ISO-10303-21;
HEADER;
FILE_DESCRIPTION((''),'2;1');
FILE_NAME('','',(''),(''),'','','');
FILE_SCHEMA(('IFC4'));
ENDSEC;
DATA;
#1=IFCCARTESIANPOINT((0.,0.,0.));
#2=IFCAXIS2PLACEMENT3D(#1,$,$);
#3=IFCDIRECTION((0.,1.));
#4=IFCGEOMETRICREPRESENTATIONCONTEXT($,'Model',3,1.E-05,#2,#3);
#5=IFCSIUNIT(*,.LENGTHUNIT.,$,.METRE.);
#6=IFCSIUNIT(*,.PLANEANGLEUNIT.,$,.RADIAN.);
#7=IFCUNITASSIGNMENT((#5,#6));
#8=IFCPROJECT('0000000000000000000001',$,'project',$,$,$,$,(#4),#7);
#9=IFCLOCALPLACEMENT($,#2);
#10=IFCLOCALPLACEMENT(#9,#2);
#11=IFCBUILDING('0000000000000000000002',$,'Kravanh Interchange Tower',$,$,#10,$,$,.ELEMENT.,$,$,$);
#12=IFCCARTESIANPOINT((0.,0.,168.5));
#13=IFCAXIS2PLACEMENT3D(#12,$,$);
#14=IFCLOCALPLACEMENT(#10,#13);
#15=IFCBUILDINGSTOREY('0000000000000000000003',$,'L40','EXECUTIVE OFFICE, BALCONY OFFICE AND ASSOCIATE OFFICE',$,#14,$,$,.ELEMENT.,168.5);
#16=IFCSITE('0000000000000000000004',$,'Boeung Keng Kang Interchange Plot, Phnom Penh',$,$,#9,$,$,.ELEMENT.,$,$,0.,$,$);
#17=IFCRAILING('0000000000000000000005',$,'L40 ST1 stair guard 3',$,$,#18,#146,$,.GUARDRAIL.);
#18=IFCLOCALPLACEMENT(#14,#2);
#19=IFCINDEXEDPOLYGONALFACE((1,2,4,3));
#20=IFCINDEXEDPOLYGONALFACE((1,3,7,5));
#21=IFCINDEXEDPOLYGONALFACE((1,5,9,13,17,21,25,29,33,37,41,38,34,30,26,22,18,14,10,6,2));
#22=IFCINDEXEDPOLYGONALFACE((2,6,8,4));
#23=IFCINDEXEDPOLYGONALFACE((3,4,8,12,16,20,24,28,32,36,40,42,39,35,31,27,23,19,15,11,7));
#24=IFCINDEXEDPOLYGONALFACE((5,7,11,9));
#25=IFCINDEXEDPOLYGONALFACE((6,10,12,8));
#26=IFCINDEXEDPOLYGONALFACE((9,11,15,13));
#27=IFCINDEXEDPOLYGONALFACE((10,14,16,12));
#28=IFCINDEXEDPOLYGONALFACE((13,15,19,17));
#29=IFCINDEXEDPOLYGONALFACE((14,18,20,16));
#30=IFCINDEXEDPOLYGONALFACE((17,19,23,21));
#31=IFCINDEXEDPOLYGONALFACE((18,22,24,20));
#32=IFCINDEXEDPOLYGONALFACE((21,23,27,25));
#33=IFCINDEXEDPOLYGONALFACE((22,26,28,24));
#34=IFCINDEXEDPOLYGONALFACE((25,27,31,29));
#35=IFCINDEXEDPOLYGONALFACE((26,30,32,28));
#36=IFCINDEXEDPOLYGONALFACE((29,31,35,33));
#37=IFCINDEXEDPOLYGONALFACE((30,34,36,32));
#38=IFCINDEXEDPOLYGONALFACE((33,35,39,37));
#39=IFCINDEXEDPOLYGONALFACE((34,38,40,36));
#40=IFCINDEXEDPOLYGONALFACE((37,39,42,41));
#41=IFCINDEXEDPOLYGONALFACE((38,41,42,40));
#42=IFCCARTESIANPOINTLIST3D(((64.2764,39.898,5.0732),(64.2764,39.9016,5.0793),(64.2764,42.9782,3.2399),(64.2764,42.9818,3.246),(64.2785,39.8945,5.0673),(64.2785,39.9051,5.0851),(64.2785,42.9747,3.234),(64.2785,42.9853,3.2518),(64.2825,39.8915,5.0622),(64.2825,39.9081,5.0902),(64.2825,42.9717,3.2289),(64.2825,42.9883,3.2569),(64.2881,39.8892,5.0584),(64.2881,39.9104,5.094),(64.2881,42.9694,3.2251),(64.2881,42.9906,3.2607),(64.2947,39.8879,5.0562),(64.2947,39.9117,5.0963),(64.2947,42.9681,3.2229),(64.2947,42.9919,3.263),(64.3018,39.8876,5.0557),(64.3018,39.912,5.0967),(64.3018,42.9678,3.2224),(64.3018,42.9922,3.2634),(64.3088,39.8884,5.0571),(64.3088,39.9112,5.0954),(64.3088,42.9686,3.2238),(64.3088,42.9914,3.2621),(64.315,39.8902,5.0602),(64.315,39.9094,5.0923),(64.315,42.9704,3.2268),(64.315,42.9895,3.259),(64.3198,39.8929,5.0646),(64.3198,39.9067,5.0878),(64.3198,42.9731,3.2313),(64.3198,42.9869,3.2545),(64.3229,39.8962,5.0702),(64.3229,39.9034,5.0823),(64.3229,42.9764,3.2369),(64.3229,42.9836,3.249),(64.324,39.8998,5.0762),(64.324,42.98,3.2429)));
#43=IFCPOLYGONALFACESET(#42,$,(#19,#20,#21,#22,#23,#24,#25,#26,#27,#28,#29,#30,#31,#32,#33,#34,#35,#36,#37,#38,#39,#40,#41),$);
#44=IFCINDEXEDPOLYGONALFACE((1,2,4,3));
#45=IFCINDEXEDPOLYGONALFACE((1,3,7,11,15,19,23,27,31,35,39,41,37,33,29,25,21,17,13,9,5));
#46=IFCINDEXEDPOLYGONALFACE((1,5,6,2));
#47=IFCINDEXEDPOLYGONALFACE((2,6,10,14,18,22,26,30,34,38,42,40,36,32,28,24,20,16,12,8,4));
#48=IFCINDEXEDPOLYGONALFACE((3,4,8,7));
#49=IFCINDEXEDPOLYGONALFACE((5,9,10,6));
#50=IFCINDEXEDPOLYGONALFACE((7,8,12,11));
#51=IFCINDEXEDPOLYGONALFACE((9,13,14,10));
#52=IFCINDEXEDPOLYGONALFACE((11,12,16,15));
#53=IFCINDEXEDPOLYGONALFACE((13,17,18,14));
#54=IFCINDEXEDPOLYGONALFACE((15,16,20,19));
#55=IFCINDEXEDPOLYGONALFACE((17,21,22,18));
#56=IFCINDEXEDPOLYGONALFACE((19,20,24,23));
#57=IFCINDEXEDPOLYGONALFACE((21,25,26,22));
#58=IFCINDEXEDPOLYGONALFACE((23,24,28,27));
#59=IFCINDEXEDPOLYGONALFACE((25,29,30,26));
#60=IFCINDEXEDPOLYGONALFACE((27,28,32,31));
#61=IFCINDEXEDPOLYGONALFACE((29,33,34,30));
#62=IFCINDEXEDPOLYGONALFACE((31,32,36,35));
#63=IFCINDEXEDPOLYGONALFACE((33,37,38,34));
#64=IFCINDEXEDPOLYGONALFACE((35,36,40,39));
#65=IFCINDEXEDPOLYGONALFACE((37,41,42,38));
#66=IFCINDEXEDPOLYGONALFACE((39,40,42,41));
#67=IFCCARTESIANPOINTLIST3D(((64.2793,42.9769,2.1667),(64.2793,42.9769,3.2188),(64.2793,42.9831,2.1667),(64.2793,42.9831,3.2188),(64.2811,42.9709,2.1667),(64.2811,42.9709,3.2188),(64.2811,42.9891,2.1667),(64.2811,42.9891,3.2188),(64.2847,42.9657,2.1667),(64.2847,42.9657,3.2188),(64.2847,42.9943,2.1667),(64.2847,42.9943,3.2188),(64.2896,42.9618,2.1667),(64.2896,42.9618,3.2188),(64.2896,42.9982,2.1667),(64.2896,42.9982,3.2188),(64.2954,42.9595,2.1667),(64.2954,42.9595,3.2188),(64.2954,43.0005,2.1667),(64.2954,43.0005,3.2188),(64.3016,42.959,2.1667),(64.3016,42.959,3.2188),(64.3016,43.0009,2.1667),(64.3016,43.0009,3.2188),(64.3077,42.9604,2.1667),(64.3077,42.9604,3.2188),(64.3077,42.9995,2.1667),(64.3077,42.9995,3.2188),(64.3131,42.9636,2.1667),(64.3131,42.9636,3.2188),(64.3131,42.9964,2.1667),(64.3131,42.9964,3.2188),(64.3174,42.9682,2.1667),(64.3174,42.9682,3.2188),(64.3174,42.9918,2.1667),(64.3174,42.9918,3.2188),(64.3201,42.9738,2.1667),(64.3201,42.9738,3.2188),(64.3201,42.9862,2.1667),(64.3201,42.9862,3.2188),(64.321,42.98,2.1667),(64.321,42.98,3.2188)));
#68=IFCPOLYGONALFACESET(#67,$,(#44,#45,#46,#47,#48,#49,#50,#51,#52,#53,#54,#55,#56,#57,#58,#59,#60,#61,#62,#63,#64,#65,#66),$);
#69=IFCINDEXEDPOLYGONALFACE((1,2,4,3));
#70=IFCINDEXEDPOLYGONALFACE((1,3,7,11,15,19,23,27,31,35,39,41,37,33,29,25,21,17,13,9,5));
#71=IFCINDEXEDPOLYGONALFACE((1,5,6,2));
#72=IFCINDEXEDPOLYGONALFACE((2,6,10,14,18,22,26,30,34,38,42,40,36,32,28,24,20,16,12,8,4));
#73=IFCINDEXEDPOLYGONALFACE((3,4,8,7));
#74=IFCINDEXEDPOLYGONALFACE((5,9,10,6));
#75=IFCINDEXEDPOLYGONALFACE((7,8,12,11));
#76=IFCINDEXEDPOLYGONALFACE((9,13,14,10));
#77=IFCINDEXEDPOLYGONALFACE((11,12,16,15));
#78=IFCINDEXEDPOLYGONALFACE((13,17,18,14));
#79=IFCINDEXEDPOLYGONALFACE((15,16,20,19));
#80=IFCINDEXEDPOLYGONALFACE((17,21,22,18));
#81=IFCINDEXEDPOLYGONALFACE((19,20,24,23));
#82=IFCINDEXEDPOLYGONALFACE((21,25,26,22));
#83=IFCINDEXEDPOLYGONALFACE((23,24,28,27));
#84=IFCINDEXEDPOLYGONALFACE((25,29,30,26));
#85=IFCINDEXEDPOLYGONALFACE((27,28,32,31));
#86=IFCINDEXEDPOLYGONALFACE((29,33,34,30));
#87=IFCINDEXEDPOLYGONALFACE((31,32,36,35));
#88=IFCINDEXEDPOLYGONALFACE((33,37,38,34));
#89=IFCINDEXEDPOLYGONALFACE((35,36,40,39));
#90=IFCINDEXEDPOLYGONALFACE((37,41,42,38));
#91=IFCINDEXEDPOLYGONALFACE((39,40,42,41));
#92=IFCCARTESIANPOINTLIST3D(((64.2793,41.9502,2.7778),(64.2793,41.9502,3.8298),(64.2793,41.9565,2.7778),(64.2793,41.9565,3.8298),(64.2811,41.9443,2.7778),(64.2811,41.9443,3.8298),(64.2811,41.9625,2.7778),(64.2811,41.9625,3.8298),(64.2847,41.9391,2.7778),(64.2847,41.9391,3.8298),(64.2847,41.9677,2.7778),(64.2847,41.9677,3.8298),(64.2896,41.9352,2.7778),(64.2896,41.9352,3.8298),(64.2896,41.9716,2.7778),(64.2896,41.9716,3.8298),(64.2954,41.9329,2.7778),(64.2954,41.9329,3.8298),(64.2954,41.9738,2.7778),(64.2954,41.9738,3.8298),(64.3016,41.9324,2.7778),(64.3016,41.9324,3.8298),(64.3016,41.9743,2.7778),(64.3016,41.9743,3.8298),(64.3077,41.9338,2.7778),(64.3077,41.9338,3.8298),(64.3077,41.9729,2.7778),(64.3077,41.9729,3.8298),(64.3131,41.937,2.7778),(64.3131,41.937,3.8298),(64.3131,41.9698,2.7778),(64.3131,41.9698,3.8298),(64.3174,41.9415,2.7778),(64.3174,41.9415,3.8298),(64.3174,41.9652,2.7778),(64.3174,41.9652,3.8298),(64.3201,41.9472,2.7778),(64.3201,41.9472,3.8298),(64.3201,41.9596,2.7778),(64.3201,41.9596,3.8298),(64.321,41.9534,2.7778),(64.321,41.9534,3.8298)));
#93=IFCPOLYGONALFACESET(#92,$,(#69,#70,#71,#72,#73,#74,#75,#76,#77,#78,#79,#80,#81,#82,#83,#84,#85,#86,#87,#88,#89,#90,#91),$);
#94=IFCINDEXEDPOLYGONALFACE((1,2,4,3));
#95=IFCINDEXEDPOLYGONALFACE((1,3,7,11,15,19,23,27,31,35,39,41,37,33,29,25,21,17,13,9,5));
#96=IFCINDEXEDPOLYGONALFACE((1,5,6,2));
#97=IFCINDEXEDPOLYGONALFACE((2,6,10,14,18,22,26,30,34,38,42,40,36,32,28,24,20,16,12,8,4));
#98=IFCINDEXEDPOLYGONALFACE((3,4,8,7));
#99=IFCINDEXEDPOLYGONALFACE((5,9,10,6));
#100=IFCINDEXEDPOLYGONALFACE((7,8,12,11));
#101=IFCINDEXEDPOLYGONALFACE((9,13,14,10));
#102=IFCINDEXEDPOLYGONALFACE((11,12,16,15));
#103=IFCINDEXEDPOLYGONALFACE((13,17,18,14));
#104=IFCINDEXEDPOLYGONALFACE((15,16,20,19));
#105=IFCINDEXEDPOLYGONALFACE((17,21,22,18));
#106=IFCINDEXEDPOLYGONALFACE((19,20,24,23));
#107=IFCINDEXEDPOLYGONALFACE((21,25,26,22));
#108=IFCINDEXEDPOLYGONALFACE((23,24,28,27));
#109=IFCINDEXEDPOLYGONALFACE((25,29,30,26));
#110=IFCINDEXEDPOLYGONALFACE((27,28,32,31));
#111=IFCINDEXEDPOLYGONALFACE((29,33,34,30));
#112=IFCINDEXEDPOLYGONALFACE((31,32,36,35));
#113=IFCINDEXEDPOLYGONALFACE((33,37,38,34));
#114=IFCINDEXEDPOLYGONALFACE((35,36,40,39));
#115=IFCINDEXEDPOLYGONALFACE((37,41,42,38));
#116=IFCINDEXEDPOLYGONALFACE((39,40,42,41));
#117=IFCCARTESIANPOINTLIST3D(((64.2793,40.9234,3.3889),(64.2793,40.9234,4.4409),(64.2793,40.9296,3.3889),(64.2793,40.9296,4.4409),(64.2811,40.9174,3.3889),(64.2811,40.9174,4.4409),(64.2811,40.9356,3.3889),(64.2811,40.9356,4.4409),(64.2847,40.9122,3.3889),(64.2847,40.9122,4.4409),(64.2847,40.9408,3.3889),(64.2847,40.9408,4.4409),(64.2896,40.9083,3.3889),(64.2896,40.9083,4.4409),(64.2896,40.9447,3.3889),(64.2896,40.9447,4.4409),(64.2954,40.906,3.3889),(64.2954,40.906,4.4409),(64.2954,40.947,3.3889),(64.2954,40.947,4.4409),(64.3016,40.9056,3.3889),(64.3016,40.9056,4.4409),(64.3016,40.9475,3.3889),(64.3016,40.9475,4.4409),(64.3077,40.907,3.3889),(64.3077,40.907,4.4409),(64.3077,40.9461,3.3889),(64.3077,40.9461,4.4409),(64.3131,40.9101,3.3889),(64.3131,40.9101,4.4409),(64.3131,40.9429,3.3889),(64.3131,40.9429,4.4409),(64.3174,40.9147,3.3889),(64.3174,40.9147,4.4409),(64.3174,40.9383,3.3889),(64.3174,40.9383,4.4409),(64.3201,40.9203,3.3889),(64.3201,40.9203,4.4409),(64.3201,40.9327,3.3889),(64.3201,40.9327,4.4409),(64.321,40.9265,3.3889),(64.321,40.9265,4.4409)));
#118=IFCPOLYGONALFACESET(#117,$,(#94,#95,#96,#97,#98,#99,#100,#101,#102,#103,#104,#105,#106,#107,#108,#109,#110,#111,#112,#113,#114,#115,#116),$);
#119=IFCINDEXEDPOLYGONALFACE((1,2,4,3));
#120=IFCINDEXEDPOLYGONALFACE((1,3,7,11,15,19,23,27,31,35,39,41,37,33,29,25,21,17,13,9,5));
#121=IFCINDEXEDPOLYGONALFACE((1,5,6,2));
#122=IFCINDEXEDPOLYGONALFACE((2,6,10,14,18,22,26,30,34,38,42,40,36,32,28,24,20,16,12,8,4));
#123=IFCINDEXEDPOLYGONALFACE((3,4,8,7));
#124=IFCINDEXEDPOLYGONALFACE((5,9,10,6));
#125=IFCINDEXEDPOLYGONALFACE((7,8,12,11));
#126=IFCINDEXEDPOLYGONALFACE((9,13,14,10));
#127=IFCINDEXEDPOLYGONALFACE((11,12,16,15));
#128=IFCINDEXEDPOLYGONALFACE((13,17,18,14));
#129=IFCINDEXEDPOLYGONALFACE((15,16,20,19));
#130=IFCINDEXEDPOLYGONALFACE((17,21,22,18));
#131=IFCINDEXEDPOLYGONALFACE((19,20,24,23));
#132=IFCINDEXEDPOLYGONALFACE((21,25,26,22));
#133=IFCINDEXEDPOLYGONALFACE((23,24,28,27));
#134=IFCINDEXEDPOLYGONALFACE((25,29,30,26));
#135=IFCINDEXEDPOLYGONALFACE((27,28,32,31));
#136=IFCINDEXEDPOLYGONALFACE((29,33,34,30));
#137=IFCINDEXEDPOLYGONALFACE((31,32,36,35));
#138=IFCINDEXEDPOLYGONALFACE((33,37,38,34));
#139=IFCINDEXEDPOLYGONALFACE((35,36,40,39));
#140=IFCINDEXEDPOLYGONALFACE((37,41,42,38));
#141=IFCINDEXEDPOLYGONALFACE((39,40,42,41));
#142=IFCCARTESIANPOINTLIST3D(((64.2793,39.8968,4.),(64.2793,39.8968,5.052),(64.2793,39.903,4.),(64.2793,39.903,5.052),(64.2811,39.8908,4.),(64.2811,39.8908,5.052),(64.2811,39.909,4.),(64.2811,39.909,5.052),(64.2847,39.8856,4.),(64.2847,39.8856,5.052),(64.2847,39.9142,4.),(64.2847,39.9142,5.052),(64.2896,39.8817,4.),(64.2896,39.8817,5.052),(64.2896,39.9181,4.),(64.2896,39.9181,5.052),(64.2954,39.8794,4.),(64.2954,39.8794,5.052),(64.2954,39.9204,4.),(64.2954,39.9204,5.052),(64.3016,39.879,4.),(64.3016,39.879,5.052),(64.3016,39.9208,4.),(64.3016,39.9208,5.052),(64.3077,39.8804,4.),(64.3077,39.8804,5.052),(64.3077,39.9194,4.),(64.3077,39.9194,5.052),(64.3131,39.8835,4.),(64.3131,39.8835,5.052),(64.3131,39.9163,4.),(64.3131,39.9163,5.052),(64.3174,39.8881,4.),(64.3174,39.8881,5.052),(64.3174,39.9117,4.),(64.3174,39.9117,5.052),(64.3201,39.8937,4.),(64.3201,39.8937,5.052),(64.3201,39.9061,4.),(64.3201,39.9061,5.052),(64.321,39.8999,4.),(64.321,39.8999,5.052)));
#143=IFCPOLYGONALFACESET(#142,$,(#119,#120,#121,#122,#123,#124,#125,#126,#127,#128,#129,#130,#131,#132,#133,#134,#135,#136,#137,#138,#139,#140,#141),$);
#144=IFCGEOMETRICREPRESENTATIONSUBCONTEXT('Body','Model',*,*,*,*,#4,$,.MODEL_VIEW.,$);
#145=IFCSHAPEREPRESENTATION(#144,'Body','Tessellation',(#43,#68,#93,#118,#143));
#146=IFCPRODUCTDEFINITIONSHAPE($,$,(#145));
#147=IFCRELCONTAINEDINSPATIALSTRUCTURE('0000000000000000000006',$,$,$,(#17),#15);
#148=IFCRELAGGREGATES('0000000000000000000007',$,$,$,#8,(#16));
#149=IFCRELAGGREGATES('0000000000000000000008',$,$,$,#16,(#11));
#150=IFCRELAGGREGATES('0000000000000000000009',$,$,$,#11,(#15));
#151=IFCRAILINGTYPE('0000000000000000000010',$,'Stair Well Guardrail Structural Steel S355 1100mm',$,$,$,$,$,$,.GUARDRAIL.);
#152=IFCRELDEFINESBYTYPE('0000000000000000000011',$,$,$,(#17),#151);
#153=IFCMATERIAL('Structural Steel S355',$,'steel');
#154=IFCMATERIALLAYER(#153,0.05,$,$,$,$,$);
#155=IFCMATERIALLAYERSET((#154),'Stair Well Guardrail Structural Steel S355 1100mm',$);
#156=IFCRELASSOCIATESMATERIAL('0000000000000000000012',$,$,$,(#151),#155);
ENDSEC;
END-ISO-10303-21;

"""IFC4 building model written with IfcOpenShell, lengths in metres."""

from ifc_helpers import new_model, si_unit, direction, frame, origin, origin_2d, place, context, subcontext, project, spatial, circle, extrude, material, layer, layer_set, type_object, element, save


model = new_model("IFC4")

# Units and contexts
model_context = context("Model", 3, precision=1e-05, world=origin(), true_north=direction((0.0, 1.0)))
body_context = subcontext(model_context, "Body", "Model", "MODEL_VIEW")
ifc_project = project(units=[si_unit("LENGTHUNIT", "METRE"), si_unit("PLANEANGLEUNIT", "RADIAN")], contexts=[model_context])

# Site, building, storey
site_placement = place(None, origin())
site = spatial("IfcSite", under=ifc_project, at=site_placement, Name="Boeung Keng Kang Interchange Plot, Phnom Penh", CompositionType="ELEMENT", RefElevation=0.0)
building_placement = place(site_placement, origin())
building = spatial("IfcBuilding", under=site, at=building_placement, Name="Kravanh Interchange Tower", CompositionType="ELEMENT")
storey_placement = place(building_placement, frame((0.0, 0.0, 168.5)))
storey = spatial("IfcBuildingStorey", under=building, at=storey_placement, Name="L40", Description="EXECUTIVE OFFICE, BALCONY OFFICE AND ASSOCIATE OFFICE", CompositionType="ELEMENT", Elevation=168.5)

# Railing
ifc_material_1 = material(Name="Structural Steel S355", Category="steel")
ifc_layer_1 = layer(ifc_material_1, 0.05)
ifc_layer_set_1 = layer_set([ifc_layer_1], Name="Stair Well Guardrail Structural Steel S355 1100mm")
railing_type_1 = type_object("IfcRailingType", Name="Stair Well Guardrail Structural Steel S355 1100mm", PredefinedType="GUARDRAIL", material=ifc_layer_set_1)
railing_1_placement = place(storey_placement, frame((64.3, 42.98, 2.1667)))
element("IfcRailing", 1, at=railing_1_placement, inside=storey, type_object=railing_type_1, Name="L40 ST1 stair guard 3", PredefinedType="GUARDRAIL", context=body_context, shape_type="SweptSolid", body=[
    extrude(circle(Radius=0.0239, at=origin_2d()), frame((0.0, 0.0, 1.0762), z_axis=(0.0, -0.859309, 0.511458), x_axis=(1.0, 0.0, 0.0)), (0.0, 0.0, 1.0), 3.5845),
    extrude(circle(Radius=0.021, at=origin_2d()), origin(), (0.0, 0.0, 1.0), 1.052),
    extrude(circle(Radius=0.021, at=origin_2d()), frame((0.0, -1.0266, 0.6111)), (0.0, 0.0, 1.0), 1.052),
    extrude(circle(Radius=0.021, at=origin_2d()), frame((0.0, -2.0535, 1.2222)), (0.0, 0.0, 1.0), 1.052),
    extrude(circle(Radius=0.021, at=origin_2d()), frame((0.0, -3.0801, 1.8333)), (0.0, 0.0, 1.0), 1.052),
])

save(model, "model.ifc")
